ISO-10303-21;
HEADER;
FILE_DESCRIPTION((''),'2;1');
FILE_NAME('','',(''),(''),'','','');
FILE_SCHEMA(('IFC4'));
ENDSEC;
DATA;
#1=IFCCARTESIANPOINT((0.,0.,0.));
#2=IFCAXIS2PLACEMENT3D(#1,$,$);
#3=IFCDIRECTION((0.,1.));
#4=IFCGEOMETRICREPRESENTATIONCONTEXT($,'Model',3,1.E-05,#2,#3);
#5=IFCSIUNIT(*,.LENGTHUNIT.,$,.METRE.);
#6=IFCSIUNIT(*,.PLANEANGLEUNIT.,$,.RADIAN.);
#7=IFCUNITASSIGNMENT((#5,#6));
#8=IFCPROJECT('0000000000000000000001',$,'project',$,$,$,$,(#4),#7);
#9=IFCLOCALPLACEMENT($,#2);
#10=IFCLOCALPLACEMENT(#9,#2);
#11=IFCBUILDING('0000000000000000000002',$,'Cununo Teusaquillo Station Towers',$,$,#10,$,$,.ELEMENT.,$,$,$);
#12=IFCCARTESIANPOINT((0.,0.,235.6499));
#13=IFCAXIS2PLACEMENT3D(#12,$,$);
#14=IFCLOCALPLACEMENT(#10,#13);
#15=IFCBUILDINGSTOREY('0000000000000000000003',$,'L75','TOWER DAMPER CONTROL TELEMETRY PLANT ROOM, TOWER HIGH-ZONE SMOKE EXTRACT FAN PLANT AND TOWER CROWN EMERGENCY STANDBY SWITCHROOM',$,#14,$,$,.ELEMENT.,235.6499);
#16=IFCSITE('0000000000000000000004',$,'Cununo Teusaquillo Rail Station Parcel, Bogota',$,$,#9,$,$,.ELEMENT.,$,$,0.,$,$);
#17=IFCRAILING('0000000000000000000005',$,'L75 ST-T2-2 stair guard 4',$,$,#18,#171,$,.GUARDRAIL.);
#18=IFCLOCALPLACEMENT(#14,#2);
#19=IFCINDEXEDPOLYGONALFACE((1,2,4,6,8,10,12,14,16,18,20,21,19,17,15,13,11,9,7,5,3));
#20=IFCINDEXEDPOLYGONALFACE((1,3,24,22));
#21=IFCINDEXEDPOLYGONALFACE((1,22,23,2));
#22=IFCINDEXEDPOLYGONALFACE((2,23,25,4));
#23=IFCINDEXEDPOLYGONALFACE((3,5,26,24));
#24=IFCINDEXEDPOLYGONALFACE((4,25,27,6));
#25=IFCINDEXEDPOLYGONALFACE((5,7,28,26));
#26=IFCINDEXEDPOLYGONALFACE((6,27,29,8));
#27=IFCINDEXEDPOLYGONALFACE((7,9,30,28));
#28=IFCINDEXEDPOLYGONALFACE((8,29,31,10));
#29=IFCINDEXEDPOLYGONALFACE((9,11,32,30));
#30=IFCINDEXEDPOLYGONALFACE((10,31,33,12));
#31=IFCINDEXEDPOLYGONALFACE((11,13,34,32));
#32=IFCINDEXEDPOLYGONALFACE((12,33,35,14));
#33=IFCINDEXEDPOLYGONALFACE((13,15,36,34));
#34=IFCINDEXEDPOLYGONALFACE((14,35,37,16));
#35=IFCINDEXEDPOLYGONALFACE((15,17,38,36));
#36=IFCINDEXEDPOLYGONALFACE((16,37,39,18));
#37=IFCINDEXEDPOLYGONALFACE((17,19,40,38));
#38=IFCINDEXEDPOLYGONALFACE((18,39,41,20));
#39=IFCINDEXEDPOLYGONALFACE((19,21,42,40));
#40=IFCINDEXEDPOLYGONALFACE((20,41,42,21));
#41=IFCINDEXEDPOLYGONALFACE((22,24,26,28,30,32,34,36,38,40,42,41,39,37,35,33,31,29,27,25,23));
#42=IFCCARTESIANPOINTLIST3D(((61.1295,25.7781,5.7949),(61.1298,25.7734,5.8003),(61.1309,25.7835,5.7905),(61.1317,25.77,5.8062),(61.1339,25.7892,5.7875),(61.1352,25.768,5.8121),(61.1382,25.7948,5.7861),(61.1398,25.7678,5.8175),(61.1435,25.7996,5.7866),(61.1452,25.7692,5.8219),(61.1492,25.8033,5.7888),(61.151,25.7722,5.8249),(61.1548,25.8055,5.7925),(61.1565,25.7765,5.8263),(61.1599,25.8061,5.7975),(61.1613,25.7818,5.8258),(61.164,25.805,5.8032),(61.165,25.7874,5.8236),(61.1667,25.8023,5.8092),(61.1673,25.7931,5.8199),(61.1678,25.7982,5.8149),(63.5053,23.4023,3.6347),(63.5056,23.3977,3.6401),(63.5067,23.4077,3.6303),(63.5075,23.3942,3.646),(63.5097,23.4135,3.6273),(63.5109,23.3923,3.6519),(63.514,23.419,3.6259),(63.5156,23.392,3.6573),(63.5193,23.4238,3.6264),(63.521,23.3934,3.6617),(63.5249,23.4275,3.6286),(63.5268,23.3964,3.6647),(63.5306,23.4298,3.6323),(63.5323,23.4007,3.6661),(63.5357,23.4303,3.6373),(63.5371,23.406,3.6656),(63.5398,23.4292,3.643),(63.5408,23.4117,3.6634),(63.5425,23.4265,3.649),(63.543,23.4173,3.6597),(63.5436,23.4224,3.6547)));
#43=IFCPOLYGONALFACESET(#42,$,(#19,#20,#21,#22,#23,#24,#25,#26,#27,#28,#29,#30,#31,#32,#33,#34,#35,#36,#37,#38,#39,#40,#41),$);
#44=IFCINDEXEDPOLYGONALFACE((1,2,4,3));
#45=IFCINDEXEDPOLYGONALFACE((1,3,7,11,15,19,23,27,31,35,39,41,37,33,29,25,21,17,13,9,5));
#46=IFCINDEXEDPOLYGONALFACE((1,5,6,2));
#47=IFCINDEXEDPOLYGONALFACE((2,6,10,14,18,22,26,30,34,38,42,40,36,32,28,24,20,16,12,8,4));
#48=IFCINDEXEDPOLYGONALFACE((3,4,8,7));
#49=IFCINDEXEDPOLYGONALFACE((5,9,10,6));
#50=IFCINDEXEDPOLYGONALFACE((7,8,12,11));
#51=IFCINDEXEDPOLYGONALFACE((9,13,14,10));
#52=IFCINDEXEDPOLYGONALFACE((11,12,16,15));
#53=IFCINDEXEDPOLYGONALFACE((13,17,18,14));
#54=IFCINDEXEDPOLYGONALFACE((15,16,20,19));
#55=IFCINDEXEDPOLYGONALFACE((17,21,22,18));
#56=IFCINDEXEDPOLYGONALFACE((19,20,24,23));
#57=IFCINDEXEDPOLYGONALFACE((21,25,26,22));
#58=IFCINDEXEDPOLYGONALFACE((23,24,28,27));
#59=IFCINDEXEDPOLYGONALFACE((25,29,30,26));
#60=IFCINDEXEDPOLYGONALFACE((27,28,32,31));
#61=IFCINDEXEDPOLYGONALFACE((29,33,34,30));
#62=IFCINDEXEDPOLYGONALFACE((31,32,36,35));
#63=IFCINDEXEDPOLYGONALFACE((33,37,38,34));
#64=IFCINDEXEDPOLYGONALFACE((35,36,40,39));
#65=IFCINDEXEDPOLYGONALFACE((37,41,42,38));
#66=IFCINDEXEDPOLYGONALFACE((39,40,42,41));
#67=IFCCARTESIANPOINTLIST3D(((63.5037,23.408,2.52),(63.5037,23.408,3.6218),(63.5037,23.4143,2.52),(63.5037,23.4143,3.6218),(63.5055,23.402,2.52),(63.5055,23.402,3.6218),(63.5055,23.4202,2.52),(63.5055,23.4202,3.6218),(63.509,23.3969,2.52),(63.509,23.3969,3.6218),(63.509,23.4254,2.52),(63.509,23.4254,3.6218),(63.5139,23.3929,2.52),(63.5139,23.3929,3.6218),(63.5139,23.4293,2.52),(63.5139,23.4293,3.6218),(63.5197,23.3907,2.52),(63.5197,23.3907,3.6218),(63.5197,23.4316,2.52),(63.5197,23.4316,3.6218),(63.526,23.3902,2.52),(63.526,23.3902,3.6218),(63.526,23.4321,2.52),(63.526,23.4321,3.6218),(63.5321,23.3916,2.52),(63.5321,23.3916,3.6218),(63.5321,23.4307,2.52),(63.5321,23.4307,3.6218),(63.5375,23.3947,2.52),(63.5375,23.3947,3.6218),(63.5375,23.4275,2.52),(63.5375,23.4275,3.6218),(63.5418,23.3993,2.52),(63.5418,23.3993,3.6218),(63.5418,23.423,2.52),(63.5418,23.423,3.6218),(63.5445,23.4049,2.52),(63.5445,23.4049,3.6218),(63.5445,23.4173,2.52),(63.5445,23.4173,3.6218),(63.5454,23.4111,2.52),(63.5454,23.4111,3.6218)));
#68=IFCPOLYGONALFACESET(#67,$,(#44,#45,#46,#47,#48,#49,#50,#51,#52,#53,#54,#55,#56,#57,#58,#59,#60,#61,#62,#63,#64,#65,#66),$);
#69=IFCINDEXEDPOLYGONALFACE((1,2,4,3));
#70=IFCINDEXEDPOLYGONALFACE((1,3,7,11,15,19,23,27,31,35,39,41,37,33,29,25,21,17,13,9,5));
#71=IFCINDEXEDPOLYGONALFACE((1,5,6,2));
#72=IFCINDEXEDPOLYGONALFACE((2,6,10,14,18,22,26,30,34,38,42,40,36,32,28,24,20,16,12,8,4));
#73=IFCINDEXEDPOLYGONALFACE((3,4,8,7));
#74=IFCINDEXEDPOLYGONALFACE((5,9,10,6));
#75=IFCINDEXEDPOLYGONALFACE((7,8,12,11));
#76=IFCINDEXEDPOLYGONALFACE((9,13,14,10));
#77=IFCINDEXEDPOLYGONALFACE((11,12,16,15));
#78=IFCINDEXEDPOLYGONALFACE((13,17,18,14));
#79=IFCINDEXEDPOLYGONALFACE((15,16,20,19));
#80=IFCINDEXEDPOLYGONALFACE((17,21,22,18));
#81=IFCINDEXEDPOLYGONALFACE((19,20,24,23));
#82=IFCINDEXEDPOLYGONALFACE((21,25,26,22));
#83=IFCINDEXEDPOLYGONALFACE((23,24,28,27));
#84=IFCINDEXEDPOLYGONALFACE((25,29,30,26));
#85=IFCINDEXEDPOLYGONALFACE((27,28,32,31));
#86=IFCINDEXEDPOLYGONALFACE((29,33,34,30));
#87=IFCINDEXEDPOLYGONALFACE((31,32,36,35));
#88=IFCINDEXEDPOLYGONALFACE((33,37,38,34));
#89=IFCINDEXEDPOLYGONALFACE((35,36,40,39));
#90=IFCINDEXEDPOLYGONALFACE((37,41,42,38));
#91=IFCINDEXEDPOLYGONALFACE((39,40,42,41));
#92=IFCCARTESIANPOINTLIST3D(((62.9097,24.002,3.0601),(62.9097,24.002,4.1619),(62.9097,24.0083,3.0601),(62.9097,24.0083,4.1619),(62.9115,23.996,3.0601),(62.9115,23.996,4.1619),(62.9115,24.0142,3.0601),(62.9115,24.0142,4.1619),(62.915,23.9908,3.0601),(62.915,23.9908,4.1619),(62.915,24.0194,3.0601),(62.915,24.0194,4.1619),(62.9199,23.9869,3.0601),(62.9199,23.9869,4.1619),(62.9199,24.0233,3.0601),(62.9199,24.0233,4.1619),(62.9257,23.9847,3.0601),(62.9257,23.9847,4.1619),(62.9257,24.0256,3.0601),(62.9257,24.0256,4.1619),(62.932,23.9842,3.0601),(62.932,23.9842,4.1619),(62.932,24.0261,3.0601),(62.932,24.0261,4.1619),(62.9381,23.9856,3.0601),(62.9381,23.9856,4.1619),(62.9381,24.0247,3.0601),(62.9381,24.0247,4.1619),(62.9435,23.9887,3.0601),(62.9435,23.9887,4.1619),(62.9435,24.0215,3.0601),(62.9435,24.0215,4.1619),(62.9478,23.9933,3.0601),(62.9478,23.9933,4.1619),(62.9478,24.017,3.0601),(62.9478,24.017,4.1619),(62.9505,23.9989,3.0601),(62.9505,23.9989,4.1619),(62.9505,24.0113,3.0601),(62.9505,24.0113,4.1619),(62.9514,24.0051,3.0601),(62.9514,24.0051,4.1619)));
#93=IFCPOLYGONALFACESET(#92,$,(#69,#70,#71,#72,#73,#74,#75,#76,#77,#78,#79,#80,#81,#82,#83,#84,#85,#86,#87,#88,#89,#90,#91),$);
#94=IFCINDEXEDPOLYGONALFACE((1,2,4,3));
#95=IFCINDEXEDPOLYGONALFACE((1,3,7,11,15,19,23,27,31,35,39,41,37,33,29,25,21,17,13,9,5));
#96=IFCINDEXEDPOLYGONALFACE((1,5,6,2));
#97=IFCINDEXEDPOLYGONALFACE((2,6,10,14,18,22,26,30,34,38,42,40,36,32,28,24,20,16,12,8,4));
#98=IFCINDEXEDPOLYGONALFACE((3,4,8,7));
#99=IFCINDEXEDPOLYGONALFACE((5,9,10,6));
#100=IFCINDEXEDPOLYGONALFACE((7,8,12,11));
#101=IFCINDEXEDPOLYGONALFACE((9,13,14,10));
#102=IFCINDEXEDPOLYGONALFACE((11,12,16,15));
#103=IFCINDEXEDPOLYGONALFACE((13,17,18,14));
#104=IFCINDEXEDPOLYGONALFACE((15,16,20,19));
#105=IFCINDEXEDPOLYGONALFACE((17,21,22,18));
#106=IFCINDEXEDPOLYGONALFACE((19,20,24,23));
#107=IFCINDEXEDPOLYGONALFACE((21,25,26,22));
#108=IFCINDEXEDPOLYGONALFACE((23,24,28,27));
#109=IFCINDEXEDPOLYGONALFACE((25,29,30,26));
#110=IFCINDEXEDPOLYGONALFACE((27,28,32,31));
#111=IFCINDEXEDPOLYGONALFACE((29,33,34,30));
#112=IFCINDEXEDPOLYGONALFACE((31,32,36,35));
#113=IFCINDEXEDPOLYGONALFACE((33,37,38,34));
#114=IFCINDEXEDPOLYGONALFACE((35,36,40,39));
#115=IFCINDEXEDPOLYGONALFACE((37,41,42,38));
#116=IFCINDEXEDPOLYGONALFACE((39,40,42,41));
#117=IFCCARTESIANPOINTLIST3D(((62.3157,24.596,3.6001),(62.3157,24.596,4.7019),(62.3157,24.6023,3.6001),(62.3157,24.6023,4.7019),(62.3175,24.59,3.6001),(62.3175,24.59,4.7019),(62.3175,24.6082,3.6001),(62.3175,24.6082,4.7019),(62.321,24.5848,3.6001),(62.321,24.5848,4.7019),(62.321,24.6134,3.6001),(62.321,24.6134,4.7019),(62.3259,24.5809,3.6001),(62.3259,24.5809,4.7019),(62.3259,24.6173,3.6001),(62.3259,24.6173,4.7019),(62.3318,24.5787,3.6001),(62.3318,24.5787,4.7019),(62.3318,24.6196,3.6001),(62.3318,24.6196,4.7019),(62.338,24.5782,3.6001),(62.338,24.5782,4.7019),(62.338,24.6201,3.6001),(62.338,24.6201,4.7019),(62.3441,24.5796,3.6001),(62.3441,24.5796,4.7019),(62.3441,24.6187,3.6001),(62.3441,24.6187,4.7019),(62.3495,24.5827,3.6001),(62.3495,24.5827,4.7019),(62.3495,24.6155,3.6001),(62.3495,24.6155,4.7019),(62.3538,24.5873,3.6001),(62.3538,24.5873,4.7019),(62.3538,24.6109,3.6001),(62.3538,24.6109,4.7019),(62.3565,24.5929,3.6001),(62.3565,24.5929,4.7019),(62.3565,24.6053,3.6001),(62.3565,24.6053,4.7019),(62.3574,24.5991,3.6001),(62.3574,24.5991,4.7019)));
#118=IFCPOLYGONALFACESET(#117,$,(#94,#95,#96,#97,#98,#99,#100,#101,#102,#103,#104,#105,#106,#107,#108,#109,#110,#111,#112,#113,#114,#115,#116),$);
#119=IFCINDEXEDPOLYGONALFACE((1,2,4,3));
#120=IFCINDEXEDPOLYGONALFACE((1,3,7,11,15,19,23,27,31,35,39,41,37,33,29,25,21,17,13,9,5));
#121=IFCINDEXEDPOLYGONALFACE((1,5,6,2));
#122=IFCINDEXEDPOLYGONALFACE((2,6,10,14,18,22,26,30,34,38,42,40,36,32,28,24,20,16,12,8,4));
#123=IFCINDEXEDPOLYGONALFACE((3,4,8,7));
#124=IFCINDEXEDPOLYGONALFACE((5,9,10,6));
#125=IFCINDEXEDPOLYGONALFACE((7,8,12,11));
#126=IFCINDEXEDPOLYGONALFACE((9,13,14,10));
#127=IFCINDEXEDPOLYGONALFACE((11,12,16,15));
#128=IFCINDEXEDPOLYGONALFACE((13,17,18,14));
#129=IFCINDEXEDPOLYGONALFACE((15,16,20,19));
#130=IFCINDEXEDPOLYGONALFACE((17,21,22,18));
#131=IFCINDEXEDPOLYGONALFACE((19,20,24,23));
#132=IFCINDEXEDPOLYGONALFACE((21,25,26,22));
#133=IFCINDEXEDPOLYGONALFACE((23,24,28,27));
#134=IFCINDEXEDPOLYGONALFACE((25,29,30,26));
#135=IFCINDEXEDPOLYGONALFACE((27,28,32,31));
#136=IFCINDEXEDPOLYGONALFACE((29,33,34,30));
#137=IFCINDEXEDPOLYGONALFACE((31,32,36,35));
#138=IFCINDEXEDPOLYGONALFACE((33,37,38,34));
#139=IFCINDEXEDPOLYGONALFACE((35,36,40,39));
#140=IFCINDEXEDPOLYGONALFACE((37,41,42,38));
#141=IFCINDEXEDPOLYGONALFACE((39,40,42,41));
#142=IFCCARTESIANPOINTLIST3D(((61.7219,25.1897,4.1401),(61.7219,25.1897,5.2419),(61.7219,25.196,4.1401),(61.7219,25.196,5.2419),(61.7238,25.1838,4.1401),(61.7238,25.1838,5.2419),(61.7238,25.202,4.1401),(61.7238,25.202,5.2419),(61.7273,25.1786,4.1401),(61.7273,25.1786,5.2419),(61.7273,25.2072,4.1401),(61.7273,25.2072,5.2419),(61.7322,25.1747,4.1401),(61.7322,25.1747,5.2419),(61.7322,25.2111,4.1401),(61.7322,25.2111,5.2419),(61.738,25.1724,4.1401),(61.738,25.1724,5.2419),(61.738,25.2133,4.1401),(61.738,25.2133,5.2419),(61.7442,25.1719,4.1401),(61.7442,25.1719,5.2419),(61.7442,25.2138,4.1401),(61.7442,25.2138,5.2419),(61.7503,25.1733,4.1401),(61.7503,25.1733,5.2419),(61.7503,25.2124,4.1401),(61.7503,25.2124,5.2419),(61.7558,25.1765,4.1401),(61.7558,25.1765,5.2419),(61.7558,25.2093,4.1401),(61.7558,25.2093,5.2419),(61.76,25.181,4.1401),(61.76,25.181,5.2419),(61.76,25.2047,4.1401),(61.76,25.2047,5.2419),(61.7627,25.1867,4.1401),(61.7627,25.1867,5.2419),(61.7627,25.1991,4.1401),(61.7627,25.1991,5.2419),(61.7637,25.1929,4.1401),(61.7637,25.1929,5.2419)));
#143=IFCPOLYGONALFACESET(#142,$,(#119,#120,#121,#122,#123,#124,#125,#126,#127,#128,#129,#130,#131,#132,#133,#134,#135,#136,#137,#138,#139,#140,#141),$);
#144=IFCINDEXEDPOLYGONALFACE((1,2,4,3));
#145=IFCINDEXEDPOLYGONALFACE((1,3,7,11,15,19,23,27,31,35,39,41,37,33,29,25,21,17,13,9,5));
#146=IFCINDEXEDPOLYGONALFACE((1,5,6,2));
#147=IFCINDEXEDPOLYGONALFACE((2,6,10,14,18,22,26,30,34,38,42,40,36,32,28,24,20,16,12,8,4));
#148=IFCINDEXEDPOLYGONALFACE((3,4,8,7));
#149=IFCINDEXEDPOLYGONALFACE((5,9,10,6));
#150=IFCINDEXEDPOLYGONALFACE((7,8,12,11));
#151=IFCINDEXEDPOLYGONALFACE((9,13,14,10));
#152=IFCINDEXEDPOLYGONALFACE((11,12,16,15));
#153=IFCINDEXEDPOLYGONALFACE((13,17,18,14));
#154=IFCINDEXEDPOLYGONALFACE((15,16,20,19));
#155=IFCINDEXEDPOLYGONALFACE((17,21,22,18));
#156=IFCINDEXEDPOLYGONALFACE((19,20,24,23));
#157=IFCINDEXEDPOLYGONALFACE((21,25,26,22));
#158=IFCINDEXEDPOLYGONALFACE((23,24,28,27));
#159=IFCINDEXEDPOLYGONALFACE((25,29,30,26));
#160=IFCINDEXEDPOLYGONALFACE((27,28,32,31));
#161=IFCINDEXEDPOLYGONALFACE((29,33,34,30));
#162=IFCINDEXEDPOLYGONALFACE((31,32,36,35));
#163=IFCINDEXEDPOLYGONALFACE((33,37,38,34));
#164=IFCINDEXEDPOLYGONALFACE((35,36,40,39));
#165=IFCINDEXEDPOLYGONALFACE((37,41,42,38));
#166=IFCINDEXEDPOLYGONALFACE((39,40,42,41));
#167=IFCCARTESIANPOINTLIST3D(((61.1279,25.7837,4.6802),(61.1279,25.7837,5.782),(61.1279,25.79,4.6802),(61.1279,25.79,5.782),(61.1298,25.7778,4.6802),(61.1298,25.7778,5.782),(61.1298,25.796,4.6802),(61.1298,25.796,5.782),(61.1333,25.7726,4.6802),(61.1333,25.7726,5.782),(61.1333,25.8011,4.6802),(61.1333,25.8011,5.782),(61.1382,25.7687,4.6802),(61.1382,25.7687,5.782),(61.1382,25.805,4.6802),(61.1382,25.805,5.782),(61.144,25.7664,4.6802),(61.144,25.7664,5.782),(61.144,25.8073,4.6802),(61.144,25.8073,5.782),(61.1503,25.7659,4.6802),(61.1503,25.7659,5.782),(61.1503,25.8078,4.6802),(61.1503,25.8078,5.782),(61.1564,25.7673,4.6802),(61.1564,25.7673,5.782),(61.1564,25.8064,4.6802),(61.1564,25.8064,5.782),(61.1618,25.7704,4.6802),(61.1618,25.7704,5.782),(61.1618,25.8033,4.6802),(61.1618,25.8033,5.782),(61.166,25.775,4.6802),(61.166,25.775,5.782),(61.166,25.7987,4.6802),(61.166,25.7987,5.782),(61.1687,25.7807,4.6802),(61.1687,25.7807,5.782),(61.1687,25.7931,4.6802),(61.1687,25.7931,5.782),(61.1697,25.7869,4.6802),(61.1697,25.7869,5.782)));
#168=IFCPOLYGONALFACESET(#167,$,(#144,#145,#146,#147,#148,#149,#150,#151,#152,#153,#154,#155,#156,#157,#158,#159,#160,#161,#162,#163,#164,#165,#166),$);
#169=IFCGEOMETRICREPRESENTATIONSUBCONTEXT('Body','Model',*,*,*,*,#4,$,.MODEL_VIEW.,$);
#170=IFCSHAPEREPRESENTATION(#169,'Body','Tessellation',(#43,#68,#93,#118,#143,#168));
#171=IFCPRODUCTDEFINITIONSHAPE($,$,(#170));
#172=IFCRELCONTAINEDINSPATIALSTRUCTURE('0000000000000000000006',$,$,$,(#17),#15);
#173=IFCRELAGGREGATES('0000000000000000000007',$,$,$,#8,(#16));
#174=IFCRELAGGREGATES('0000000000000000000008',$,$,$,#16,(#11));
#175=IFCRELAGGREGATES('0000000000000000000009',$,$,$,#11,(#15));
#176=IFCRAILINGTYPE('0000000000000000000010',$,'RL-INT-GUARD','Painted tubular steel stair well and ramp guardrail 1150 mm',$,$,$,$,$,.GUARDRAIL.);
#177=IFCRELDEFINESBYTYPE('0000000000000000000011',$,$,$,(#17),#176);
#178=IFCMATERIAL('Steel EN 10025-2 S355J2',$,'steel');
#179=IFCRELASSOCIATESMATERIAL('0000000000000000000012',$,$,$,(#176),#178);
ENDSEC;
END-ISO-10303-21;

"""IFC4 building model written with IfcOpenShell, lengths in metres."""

from ifc_helpers import new_model, si_unit, direction, frame, origin, origin_2d, place, context, subcontext, project, spatial, circle, extrude, material, type_object, element, save


model = new_model("IFC4")

# Units and contexts
model_context = context("Model", 3, precision=1e-05, world=origin(), true_north=direction((0.0, 1.0)))
body_context = subcontext(model_context, "Body", "Model", "MODEL_VIEW")
ifc_project = project(units=[si_unit("LENGTHUNIT", "METRE"), si_unit("PLANEANGLEUNIT", "RADIAN")], contexts=[model_context])

# Site, building, storey
site_placement = place(None, origin())
site = spatial("IfcSite", under=ifc_project, at=site_placement, Name="Cununo Teusaquillo Rail Station Parcel, Bogota", CompositionType="ELEMENT", RefElevation=0.0)
building_placement = place(site_placement, origin())
building = spatial("IfcBuilding", under=site, at=building_placement, Name="Cununo Teusaquillo Station Towers", CompositionType="ELEMENT")
storey_placement = place(building_placement, frame((0.0, 0.0, 235.6499)))
storey = spatial("IfcBuildingStorey", under=building, at=storey_placement, Name="L75", Description="TOWER DAMPER CONTROL TELEMETRY PLANT ROOM, TOWER HIGH-ZONE SMOKE EXTRACT FAN PLANT AND TOWER CROWN EMERGENCY STANDBY SWITCHROOM", CompositionType="ELEMENT", Elevation=235.6499)

# Railing
ifc_material_1 = material(Name="Steel EN 10025-2 S355J2", Category="steel")
railing_type = type_object("IfcRailingType", Name="RL-INT-GUARD", Description="Painted tubular steel stair well and ramp guardrail 1150 mm", PredefinedType="GUARDRAIL", material=ifc_material_1)
railing_1_placement = place(storey_placement, frame((63.5244, 23.4111, 2.52)))
element("IfcRailing", 1, at=railing_1_placement, inside=storey, type_object=railing_type, Name="L75 ST-T2-2 stair guard 4", PredefinedType="GUARDRAIL", context=body_context, shape_type="SweptSolid", body=[
    extrude(circle(Radius=0.0239, at=origin_2d()), frame((0.0, 0.0, 1.126), z_axis=(-0.59478, 0.59478, 0.540809), x_axis=(-0.707107, -0.707107, 0.0)), (0.0, 0.0, 1.0), 3.9944),
    extrude(circle(Radius=0.021, at=origin_2d()), origin(), (0.0, 0.0, 1.0), 1.1018),
    extrude(circle(Radius=0.021, at=origin_2d()), frame((-0.594, 0.594, 0.54)), (0.0, 0.0, 1.0), 1.1018),
    extrude(circle(Radius=0.021, at=origin_2d()), frame((-1.188, 1.188, 1.0801)), (0.0, 0.0, 1.0), 1.1018),
    extrude(circle(Radius=0.021, at=origin_2d()), frame((-1.7817, 1.7817, 1.6201)), (0.0, 0.0, 1.0), 1.1018),
    extrude(circle(Radius=0.021, at=origin_2d()), frame((-2.3757, 2.3757, 2.1602)), (0.0, 0.0, 1.0), 1.1018),
])

save(model, "model.ifc")
